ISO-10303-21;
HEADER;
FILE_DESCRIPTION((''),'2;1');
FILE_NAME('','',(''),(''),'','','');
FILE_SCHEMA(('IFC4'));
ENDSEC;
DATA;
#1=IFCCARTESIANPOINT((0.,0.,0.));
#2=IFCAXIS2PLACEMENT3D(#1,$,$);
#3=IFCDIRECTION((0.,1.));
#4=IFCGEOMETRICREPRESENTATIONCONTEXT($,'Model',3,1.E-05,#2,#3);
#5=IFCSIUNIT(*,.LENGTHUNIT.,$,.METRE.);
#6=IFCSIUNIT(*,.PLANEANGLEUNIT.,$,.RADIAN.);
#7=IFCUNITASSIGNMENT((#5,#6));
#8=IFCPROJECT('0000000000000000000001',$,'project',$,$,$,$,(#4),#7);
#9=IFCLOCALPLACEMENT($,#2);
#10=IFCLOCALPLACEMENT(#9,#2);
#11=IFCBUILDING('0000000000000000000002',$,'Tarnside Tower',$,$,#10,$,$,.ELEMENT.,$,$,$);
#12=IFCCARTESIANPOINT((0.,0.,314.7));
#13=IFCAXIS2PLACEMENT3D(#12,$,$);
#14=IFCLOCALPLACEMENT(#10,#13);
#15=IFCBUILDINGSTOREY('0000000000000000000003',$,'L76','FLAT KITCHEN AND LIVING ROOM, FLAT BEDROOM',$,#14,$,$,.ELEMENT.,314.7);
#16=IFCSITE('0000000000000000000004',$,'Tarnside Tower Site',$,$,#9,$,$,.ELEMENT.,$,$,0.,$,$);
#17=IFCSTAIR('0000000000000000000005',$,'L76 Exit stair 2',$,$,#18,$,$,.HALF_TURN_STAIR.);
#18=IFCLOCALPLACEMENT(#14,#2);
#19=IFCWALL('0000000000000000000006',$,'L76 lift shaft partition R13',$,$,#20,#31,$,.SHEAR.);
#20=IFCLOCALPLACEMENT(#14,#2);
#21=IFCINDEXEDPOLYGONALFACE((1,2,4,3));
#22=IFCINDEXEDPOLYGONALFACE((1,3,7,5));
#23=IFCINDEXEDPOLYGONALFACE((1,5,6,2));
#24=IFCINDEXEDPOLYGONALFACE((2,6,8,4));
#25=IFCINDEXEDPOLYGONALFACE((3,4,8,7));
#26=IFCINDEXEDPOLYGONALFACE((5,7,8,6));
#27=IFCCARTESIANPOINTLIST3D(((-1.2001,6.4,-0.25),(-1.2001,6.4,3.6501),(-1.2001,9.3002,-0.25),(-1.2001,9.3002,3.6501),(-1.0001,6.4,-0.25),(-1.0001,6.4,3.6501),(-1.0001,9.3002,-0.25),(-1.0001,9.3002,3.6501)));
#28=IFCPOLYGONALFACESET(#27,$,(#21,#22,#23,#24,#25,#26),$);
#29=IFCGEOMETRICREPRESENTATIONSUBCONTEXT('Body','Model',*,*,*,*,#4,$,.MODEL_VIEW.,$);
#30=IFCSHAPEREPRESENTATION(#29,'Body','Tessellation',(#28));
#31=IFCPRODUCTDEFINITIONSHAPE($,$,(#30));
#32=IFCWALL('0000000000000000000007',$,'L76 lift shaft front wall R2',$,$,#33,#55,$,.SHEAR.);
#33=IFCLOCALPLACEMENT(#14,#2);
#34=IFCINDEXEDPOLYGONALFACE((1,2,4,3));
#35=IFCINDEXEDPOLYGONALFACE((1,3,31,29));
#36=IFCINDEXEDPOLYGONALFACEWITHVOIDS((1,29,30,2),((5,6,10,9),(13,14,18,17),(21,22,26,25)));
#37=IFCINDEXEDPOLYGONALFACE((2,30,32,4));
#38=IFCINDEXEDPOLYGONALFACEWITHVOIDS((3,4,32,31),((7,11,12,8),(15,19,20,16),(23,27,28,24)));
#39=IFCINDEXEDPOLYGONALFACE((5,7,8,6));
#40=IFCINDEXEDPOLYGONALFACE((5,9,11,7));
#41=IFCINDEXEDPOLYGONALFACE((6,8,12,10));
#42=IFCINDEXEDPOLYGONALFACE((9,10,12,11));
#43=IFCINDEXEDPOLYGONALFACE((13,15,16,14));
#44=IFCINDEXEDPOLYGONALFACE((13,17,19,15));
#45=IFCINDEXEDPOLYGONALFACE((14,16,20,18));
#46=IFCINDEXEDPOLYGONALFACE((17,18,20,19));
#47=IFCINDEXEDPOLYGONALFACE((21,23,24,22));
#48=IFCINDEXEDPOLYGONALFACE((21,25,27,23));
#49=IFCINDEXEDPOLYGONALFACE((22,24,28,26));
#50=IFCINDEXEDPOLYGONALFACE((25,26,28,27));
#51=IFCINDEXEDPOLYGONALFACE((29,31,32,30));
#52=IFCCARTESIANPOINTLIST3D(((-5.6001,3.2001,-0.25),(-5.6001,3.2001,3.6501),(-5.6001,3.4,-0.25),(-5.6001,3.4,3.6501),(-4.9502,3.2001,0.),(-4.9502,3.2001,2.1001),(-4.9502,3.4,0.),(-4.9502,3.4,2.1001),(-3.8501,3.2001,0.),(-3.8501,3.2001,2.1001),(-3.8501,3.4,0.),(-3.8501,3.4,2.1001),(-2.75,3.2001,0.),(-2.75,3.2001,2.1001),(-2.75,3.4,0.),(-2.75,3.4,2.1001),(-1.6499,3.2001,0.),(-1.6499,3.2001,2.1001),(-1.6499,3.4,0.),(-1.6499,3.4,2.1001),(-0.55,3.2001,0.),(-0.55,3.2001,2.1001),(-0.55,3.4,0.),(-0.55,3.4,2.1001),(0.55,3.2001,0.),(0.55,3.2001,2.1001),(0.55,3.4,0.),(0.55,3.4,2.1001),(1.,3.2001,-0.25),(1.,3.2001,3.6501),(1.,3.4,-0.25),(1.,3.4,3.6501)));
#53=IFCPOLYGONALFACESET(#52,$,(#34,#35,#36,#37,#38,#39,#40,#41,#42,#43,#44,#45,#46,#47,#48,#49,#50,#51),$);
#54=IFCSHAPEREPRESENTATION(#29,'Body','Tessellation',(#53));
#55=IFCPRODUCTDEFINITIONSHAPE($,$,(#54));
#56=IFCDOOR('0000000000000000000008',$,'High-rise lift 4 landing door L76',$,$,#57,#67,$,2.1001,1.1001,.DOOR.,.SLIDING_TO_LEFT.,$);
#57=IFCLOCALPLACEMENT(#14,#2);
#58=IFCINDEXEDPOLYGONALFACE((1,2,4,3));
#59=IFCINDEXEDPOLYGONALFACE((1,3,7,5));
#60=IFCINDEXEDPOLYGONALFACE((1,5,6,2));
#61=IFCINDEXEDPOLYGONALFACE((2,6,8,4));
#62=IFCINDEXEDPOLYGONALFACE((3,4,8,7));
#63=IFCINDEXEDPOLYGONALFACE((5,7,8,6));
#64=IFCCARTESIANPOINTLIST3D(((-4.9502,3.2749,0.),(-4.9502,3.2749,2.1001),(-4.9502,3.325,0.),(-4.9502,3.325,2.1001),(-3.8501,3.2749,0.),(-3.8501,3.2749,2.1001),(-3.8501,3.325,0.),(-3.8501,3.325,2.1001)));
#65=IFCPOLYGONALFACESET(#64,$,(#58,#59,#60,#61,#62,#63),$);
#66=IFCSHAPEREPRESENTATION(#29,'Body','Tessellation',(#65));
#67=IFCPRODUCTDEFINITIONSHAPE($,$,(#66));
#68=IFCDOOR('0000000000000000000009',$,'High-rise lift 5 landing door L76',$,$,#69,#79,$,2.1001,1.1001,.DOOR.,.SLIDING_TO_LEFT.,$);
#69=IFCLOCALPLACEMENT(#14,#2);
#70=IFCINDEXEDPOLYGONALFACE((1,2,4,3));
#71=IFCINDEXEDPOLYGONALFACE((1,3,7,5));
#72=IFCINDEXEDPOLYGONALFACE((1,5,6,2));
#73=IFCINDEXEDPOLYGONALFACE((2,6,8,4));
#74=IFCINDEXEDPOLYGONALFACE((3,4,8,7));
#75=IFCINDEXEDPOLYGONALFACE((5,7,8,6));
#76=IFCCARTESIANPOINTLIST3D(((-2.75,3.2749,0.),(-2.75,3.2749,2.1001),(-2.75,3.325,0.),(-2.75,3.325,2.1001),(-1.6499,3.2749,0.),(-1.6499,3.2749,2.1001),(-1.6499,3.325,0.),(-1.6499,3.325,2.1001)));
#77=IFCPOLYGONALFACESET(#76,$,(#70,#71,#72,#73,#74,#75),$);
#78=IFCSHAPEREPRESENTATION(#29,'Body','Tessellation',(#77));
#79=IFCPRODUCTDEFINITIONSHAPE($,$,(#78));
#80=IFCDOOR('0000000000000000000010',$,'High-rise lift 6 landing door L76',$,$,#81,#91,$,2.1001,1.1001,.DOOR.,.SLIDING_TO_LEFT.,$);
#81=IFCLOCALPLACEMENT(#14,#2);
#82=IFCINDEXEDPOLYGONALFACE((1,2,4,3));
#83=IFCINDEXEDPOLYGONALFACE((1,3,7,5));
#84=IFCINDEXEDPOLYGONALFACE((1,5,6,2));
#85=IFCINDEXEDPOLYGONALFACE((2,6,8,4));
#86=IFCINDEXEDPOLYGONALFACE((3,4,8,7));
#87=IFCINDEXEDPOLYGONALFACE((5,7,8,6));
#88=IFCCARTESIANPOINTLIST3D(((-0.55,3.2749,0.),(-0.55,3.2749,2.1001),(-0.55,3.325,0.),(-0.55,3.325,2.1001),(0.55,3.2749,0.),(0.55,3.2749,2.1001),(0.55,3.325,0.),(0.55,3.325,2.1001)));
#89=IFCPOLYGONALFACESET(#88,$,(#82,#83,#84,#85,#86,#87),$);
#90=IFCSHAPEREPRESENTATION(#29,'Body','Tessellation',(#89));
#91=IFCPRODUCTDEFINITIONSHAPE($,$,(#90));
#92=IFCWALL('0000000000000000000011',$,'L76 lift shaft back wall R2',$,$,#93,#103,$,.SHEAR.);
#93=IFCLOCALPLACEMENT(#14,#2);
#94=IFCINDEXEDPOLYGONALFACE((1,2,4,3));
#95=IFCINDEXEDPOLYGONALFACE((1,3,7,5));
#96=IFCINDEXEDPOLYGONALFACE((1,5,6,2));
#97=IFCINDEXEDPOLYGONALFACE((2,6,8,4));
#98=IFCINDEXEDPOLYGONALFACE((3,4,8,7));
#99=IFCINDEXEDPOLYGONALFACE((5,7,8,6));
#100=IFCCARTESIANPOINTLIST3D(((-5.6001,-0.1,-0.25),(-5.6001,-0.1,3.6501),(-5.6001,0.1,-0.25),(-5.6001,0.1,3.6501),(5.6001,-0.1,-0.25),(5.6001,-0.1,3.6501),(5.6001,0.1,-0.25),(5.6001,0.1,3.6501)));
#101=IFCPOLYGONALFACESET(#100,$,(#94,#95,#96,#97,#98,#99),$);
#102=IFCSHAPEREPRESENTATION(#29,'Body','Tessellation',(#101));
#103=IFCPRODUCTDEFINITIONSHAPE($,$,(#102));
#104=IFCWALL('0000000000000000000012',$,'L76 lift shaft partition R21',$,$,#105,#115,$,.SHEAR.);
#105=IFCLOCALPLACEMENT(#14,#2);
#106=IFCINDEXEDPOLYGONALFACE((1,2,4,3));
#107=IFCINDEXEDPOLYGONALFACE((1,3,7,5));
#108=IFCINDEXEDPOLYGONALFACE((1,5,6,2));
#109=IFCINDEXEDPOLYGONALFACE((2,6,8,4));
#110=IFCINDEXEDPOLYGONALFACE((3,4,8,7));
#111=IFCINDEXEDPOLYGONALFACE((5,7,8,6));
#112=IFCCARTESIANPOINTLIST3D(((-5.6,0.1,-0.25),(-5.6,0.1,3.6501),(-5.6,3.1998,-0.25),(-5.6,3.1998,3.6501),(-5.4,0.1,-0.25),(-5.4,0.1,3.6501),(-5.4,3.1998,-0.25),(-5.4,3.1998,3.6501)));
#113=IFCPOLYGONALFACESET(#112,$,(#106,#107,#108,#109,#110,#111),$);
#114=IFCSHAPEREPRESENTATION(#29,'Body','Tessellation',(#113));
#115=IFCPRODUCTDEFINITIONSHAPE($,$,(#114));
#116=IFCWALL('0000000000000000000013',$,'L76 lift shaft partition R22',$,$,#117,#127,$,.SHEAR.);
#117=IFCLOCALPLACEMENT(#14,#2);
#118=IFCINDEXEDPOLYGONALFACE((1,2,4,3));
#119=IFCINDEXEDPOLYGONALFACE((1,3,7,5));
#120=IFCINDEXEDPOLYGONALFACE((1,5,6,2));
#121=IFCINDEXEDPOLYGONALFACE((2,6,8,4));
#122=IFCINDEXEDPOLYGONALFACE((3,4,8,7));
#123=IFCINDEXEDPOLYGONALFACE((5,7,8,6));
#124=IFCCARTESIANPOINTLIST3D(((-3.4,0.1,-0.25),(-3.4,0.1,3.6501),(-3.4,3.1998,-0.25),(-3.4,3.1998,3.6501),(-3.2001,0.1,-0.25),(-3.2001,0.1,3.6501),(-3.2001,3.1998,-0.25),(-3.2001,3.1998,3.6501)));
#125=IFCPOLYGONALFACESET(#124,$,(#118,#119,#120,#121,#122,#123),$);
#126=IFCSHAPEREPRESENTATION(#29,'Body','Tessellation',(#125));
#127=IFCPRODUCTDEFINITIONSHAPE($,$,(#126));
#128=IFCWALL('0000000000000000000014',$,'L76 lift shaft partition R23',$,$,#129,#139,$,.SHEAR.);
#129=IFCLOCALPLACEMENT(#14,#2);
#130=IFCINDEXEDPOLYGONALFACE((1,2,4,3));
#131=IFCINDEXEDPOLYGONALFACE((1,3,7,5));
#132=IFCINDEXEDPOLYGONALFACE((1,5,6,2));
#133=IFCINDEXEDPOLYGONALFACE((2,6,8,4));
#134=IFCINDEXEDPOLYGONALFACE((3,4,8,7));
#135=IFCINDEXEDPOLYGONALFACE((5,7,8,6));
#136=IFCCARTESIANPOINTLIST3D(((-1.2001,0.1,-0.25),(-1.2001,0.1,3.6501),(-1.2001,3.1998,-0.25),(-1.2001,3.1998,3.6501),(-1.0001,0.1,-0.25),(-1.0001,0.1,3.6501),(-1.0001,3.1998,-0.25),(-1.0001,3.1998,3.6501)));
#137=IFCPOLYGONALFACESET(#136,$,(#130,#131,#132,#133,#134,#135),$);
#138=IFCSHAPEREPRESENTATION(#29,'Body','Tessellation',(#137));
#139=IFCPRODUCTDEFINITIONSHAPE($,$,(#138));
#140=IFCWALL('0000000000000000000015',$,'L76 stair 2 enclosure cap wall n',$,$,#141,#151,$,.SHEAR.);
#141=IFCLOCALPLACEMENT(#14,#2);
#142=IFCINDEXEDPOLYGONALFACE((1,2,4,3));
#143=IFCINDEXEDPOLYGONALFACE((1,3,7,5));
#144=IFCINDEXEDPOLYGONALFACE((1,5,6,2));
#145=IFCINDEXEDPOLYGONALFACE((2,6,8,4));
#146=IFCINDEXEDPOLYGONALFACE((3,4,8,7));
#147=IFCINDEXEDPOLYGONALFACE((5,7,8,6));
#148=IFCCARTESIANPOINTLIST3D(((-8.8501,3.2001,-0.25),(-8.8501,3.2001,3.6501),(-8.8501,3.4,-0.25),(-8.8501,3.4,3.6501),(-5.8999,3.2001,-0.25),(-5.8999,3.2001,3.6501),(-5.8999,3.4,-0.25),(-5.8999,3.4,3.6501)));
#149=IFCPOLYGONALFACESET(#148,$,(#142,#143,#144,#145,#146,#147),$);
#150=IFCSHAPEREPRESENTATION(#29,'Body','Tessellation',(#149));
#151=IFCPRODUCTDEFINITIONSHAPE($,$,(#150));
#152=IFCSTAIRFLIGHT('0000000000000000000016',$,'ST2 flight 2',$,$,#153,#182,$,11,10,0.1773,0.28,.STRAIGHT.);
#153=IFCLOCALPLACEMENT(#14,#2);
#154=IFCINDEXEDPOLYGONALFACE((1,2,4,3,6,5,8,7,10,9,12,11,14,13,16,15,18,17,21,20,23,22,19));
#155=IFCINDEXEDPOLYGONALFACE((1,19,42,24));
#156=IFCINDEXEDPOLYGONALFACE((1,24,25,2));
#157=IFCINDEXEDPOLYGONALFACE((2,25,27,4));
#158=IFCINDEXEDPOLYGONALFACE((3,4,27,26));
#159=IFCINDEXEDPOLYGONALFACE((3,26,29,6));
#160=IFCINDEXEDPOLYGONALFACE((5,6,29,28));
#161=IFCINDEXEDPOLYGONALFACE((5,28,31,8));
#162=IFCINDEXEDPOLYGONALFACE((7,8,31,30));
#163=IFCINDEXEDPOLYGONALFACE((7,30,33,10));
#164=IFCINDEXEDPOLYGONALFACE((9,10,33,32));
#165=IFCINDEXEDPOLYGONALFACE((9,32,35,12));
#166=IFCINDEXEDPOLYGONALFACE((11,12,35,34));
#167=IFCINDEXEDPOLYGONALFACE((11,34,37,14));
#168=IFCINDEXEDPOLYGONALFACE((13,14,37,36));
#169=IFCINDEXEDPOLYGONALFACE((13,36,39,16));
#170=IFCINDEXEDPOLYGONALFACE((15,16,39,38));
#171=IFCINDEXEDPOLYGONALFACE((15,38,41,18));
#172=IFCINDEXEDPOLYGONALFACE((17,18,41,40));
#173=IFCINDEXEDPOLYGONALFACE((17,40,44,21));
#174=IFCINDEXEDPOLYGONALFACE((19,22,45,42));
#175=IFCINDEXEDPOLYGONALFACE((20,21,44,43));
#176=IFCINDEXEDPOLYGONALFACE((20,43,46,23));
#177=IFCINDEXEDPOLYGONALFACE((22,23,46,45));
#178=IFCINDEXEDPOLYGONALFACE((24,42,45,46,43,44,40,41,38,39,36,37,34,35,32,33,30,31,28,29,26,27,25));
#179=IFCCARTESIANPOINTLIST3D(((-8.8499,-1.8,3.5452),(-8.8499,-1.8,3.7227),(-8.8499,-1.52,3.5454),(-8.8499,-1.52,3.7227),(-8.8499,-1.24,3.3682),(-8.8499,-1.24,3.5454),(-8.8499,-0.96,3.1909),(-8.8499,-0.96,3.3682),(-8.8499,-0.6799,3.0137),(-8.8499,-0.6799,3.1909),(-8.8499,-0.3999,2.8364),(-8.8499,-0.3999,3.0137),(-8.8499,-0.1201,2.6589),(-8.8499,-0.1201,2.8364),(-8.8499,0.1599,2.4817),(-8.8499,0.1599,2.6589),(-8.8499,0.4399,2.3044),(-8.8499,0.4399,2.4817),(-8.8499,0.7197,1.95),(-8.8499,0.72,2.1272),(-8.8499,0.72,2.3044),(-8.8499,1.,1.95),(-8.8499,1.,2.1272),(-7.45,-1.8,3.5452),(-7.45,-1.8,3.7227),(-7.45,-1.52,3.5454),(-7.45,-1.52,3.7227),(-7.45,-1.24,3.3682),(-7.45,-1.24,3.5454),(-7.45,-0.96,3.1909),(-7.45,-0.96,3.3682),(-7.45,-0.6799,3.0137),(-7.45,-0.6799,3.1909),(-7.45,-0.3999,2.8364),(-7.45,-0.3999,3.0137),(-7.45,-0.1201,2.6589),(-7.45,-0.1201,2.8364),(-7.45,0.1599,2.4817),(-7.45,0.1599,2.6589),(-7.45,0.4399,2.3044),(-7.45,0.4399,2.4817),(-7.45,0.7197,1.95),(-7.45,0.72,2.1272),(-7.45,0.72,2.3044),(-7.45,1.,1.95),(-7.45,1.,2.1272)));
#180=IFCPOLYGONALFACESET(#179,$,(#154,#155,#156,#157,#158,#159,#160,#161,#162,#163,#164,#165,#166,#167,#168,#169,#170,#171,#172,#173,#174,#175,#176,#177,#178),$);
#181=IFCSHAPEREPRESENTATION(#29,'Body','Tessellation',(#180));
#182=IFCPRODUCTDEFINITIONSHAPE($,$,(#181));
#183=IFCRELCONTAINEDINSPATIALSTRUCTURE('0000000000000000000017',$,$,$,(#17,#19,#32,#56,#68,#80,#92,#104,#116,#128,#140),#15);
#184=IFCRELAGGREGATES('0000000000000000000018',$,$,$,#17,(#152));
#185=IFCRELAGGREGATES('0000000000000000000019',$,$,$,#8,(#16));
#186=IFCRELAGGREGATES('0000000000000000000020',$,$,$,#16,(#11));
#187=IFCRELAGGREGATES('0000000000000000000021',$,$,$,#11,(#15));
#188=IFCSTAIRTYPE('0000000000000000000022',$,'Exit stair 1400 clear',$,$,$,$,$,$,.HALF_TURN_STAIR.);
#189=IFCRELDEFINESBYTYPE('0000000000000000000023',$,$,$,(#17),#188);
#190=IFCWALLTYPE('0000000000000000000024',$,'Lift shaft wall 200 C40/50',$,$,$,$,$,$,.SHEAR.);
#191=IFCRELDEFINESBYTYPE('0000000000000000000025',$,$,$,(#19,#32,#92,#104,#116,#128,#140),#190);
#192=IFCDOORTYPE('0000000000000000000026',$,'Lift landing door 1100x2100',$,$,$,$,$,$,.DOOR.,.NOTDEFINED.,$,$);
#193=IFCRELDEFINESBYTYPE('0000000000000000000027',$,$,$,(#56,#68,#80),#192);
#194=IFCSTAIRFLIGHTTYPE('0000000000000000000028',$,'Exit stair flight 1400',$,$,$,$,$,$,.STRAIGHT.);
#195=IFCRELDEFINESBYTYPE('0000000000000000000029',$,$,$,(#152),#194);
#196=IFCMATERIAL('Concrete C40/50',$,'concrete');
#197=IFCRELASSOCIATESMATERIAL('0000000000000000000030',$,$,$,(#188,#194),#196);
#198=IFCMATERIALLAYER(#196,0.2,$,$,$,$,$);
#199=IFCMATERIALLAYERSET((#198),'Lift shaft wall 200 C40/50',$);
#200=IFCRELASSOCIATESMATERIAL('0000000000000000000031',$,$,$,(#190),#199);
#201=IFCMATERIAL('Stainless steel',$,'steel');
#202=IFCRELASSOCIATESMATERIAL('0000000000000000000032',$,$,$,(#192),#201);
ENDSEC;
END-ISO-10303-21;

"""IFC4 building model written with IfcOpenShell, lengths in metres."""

from ifc_helpers import new_model, si_unit, direction, frame, frame_2d, origin, place, context, subcontext, project, spatial, polyline, rectangle, outline, extrude, material, layer, layer_set, type_object, element, fill, aggregate, save


model = new_model("IFC4")

# Units and contexts
model_context = context("Model", 3, precision=1e-05, world=origin(), true_north=direction((0.0, 1.0)))
body_context = subcontext(model_context, "Body", "Model", "MODEL_VIEW")
ifc_project = project(units=[si_unit("LENGTHUNIT", "METRE"), si_unit("PLANEANGLEUNIT", "RADIAN")], contexts=[model_context])

# Site, building, storey
site_placement = place(None, origin())
site = spatial("IfcSite", under=ifc_project, at=site_placement, Name="Tarnside Tower Site", CompositionType="ELEMENT", RefElevation=0.0)
building_placement = place(site_placement, origin())
building = spatial("IfcBuilding", under=site, at=building_placement, Name="Tarnside Tower", CompositionType="ELEMENT")
storey_placement = place(building_placement, frame((0.0, 0.0, 314.7)))
storey = spatial("IfcBuildingStorey", under=building, at=storey_placement, Name="L76", Description="FLAT KITCHEN AND LIVING ROOM, FLAT BEDROOM", CompositionType="ELEMENT", Elevation=314.7)

# Shared definitions
ifc_material_1 = material(Name="Concrete C40/50", Category="concrete")

# Stair
stair_type = type_object("IfcStairType", Name="Exit stair 1400 clear", PredefinedType="HALF_TURN_STAIR", material=ifc_material_1)
stair_1_placement = place(storey_placement, origin())
stair_1 = element("IfcStair", 1, at=stair_1_placement, inside=storey, type_object=stair_type, Name="L76 Exit stair 2", PredefinedType="HALF_TURN_STAIR")

# Shared definitions
ifc_layer_1 = layer(ifc_material_1, 0.2)
ifc_layer_set_1 = layer_set([ifc_layer_1], Name="Lift shaft wall 200 C40/50")
wall_type_1 = type_object("IfcWallType", Name="Lift shaft wall 200 C40/50", PredefinedType="SHEAR", material=ifc_layer_set_1)
ifc_material_2 = material(Name="Stainless steel", Category="steel")
door_type_1 = type_object("IfcDoorType", Name="Lift landing door 1100x2100", OperationType="NOTDEFINED", PredefinedType="DOOR", material=ifc_material_2)

# Wall
for number, where, z_axis, x_axis, name in (
    (2, (-1.1001, 6.3999, -0.25), (0.0, 0.0, 1.0), (0.0, 1.0, 0.0), "L76 lift shaft partition R13"),
):
    element("IfcWall", number, at=place(storey_placement, frame(where, z_axis=z_axis, x_axis=x_axis)), inside=storey, type_object=wall_type_1, Name=name, PredefinedType="SHEAR", context=body_context, shape_type="SweptSolid", body=[
        extrude(rectangle(XDim=2.9001, YDim=0.2, at=frame_2d((1.4502, 0.0))), origin(), (0.0, 0.0, 1.0), 3.9001),
    ])

# Wall, openings, doors
wall_1_placement = place(storey_placement, frame((-5.6001, 3.3, -0.25), z_axis=(0.0, 0.0, 1.0), x_axis=(1.0, 0.0, 0.0)))
wall_1 = element("IfcWall", 3, at=wall_1_placement, inside=storey, type_object=wall_type_1, Name="L76 lift shaft front wall R2", PredefinedType="SHEAR", context=body_context, shape_type="SweptSolid", body=[
    extrude(rectangle(XDim=6.6001, YDim=0.2, at=frame_2d((3.3, 0.0))), origin(), (0.0, 0.0, 1.0), 3.9001),
])
opening_1_placement = place(wall_1_placement, frame((0.6499, 0.0, 0.25)))
opening_1 = element("IfcOpeningElement", 4, at=opening_1_placement, cuts=wall_1, PredefinedType="OPENING", context=body_context, shape_type="SweptSolid", body=[
    extrude(rectangle(XDim=1.1001, YDim=2.1001, at=frame_2d((0.55, 1.05))), frame((0.0, 0.1099, 0.0), z_axis=(0.0, -1.0, 0.0), x_axis=(1.0, 0.0, 0.0)), (0.0, 0.0, 1.0), 0.22),
])
opening_2_placement = place(wall_1_placement, frame((2.8501, 0.0, 0.25)))
opening_2 = element("IfcOpeningElement", 5, at=opening_2_placement, cuts=wall_1, PredefinedType="OPENING", context=body_context, shape_type="SweptSolid", body=[
    extrude(rectangle(XDim=1.1001, YDim=2.1001, at=frame_2d((0.55, 1.05))), frame((0.0, 0.1099, 0.0), z_axis=(0.0, -1.0, 0.0), x_axis=(1.0, 0.0, 0.0)), (0.0, 0.0, 1.0), 0.22),
])
opening_3_placement = place(wall_1_placement, frame((5.05, 0.0, 0.25)))
opening_3 = element("IfcOpeningElement", 6, at=opening_3_placement, cuts=wall_1, PredefinedType="OPENING", context=body_context, shape_type="SweptSolid", body=[
    extrude(rectangle(XDim=1.1001, YDim=2.1001, at=frame_2d((0.55, 1.05))), frame((0.0, 0.1099, 0.0), z_axis=(0.0, -1.0, 0.0), x_axis=(1.0, 0.0, 0.0)), (0.0, 0.0, 1.0), 0.22),
])
door_1_placement = place(opening_1_placement, origin())
door_1 = element("IfcDoor", 7, at=door_1_placement, inside=storey, type_object=door_type_1, Name="High-rise lift 4 landing door L76", OperationType="SLIDING_TO_LEFT", OverallHeight=2.1001, OverallWidth=1.1001, PredefinedType="DOOR", context=body_context, shape_type="SweptSolid", body=[
    extrude(rectangle(XDim=1.1001, YDim=2.1001, at=frame_2d((0.55, 1.05))), frame((0.0, 0.0249, 0.0), z_axis=(0.0, -1.0, 0.0), x_axis=(1.0, 0.0, 0.0)), (0.0, 0.0, 1.0), 0.05),
])
fill(opening_1, door_1)
door_2_placement = place(opening_2_placement, origin())
door_2 = element("IfcDoor", 8, at=door_2_placement, inside=storey, type_object=door_type_1, Name="High-rise lift 5 landing door L76", OperationType="SLIDING_TO_LEFT", OverallHeight=2.1001, OverallWidth=1.1001, PredefinedType="DOOR", context=body_context, shape_type="SweptSolid", body=[
    extrude(rectangle(XDim=1.1001, YDim=2.1001, at=frame_2d((0.55, 1.05))), frame((0.0, 0.0249, 0.0), z_axis=(0.0, -1.0, 0.0), x_axis=(1.0, 0.0, 0.0)), (0.0, 0.0, 1.0), 0.05),
])
fill(opening_2, door_2)
door_3_placement = place(opening_3_placement, origin())
door_3 = element("IfcDoor", 9, at=door_3_placement, inside=storey, type_object=door_type_1, Name="High-rise lift 6 landing door L76", OperationType="SLIDING_TO_LEFT", OverallHeight=2.1001, OverallWidth=1.1001, PredefinedType="DOOR", context=body_context, shape_type="SweptSolid", body=[
    extrude(rectangle(XDim=1.1001, YDim=2.1001, at=frame_2d((0.55, 1.05))), frame((0.0, 0.0249, 0.0), z_axis=(0.0, -1.0, 0.0), x_axis=(1.0, 0.0, 0.0)), (0.0, 0.0, 1.0), 0.05),
])
fill(opening_3, door_3)

# Walls
wall_2_placement = place(storey_placement, frame((-5.6001, 0.0, -0.25), z_axis=(0.0, 0.0, 1.0), x_axis=(1.0, 0.0, 0.0)))
element("IfcWall", 10, at=wall_2_placement, inside=storey, type_object=wall_type_1, Name="L76 lift shaft back wall R2", PredefinedType="SHEAR", context=body_context, shape_type="SweptSolid", body=[
    extrude(rectangle(XDim=11.2002, YDim=0.2, at=frame_2d((5.6001, 0.0))), origin(), (0.0, 0.0, 1.0), 3.9001),
])
for number, where, z_axis, x_axis, name in (
    (11, (-5.5, 0.1001, -0.25), (0.0, 0.0, 1.0), (0.0, 1.0, 0.0), "L76 lift shaft partition R21"),
    (12, (-3.3, 0.1001, -0.25), (0.0, 0.0, 1.0), (0.0, 1.0, 0.0), "L76 lift shaft partition R22"),
    (13, (-1.1001, 0.1001, -0.25), (0.0, 0.0, 1.0), (0.0, 1.0, 0.0), "L76 lift shaft partition R23"),
):
    element("IfcWall", number, at=place(storey_placement, frame(where, z_axis=z_axis, x_axis=x_axis)), inside=storey, type_object=wall_type_1, Name=name, PredefinedType="SHEAR", context=body_context, shape_type="SweptSolid", body=[
        extrude(rectangle(XDim=3.0999, YDim=0.2, at=frame_2d((1.5498, 0.0))), origin(), (0.0, 0.0, 1.0), 3.9001),
    ])
wall_3_placement = place(storey_placement, frame((-8.8501, 3.3, -0.25), z_axis=(0.0, 0.0, 1.0), x_axis=(1.0, 0.0, 0.0)))
element("IfcWall", 14, at=wall_3_placement, inside=storey, type_object=wall_type_1, Name="L76 stair 2 enclosure cap wall n", PredefinedType="SHEAR", context=body_context, shape_type="SweptSolid", body=[
    extrude(rectangle(XDim=2.9502, YDim=0.2, at=frame_2d((1.4751, 0.0))), origin(), (0.0, 0.0, 1.0), 3.9001),
])

# Stair flight
stair_flight_type = type_object("IfcStairFlightType", Name="Exit stair flight 1400", PredefinedType="STRAIGHT", material=ifc_material_1)
stair_flight_placement = place(storey_placement, frame((-8.1499, 1.0, 1.95), z_axis=(0.0, 0.0, 1.0), x_axis=(0.0, -1.0, 0.0)))
stair_flight = element("IfcStairFlight", 15, at=stair_flight_placement, type_object=stair_flight_type, Name="ST2 flight 2", NumberOfRisers=11, NumberOfTreads=10, PredefinedType="STRAIGHT", RiserHeight=0.1773, TreadLength=0.28, context=body_context, shape_type="SweptSolid", body=[
    extrude(outline(polyline([(0.0, 0.0), (0.0, 0.1772), (0.28, 0.1772), (0.28, 0.3545), (0.5601, 0.3545), (0.5601, 0.5317), (0.8401, 0.5317), (0.8401, 0.709), (1.1201, 0.709), (1.1201, 0.8865), (1.3999, 0.8865), (1.3999, 1.0637), (1.6799, 1.0637), (1.6799, 1.241), (1.96, 1.241), (1.96, 1.4182), (2.24, 1.4182), (2.24, 1.5955), (2.52, 1.5955), (2.52, 1.7727), (2.8, 1.7727), (2.8, 1.95), (2.8, 1.5952), (0.2803, 0.0), (0.0, 0.0)])), frame((0.0, 0.7, 0.0), z_axis=(0.0, -1.0, 0.0), x_axis=(1.0, 0.0, 0.0)), (0.0, 0.0, 1.0), 1.3999),
])
aggregate(stair_1, [stair_flight])

save(model, "model.ifc")
